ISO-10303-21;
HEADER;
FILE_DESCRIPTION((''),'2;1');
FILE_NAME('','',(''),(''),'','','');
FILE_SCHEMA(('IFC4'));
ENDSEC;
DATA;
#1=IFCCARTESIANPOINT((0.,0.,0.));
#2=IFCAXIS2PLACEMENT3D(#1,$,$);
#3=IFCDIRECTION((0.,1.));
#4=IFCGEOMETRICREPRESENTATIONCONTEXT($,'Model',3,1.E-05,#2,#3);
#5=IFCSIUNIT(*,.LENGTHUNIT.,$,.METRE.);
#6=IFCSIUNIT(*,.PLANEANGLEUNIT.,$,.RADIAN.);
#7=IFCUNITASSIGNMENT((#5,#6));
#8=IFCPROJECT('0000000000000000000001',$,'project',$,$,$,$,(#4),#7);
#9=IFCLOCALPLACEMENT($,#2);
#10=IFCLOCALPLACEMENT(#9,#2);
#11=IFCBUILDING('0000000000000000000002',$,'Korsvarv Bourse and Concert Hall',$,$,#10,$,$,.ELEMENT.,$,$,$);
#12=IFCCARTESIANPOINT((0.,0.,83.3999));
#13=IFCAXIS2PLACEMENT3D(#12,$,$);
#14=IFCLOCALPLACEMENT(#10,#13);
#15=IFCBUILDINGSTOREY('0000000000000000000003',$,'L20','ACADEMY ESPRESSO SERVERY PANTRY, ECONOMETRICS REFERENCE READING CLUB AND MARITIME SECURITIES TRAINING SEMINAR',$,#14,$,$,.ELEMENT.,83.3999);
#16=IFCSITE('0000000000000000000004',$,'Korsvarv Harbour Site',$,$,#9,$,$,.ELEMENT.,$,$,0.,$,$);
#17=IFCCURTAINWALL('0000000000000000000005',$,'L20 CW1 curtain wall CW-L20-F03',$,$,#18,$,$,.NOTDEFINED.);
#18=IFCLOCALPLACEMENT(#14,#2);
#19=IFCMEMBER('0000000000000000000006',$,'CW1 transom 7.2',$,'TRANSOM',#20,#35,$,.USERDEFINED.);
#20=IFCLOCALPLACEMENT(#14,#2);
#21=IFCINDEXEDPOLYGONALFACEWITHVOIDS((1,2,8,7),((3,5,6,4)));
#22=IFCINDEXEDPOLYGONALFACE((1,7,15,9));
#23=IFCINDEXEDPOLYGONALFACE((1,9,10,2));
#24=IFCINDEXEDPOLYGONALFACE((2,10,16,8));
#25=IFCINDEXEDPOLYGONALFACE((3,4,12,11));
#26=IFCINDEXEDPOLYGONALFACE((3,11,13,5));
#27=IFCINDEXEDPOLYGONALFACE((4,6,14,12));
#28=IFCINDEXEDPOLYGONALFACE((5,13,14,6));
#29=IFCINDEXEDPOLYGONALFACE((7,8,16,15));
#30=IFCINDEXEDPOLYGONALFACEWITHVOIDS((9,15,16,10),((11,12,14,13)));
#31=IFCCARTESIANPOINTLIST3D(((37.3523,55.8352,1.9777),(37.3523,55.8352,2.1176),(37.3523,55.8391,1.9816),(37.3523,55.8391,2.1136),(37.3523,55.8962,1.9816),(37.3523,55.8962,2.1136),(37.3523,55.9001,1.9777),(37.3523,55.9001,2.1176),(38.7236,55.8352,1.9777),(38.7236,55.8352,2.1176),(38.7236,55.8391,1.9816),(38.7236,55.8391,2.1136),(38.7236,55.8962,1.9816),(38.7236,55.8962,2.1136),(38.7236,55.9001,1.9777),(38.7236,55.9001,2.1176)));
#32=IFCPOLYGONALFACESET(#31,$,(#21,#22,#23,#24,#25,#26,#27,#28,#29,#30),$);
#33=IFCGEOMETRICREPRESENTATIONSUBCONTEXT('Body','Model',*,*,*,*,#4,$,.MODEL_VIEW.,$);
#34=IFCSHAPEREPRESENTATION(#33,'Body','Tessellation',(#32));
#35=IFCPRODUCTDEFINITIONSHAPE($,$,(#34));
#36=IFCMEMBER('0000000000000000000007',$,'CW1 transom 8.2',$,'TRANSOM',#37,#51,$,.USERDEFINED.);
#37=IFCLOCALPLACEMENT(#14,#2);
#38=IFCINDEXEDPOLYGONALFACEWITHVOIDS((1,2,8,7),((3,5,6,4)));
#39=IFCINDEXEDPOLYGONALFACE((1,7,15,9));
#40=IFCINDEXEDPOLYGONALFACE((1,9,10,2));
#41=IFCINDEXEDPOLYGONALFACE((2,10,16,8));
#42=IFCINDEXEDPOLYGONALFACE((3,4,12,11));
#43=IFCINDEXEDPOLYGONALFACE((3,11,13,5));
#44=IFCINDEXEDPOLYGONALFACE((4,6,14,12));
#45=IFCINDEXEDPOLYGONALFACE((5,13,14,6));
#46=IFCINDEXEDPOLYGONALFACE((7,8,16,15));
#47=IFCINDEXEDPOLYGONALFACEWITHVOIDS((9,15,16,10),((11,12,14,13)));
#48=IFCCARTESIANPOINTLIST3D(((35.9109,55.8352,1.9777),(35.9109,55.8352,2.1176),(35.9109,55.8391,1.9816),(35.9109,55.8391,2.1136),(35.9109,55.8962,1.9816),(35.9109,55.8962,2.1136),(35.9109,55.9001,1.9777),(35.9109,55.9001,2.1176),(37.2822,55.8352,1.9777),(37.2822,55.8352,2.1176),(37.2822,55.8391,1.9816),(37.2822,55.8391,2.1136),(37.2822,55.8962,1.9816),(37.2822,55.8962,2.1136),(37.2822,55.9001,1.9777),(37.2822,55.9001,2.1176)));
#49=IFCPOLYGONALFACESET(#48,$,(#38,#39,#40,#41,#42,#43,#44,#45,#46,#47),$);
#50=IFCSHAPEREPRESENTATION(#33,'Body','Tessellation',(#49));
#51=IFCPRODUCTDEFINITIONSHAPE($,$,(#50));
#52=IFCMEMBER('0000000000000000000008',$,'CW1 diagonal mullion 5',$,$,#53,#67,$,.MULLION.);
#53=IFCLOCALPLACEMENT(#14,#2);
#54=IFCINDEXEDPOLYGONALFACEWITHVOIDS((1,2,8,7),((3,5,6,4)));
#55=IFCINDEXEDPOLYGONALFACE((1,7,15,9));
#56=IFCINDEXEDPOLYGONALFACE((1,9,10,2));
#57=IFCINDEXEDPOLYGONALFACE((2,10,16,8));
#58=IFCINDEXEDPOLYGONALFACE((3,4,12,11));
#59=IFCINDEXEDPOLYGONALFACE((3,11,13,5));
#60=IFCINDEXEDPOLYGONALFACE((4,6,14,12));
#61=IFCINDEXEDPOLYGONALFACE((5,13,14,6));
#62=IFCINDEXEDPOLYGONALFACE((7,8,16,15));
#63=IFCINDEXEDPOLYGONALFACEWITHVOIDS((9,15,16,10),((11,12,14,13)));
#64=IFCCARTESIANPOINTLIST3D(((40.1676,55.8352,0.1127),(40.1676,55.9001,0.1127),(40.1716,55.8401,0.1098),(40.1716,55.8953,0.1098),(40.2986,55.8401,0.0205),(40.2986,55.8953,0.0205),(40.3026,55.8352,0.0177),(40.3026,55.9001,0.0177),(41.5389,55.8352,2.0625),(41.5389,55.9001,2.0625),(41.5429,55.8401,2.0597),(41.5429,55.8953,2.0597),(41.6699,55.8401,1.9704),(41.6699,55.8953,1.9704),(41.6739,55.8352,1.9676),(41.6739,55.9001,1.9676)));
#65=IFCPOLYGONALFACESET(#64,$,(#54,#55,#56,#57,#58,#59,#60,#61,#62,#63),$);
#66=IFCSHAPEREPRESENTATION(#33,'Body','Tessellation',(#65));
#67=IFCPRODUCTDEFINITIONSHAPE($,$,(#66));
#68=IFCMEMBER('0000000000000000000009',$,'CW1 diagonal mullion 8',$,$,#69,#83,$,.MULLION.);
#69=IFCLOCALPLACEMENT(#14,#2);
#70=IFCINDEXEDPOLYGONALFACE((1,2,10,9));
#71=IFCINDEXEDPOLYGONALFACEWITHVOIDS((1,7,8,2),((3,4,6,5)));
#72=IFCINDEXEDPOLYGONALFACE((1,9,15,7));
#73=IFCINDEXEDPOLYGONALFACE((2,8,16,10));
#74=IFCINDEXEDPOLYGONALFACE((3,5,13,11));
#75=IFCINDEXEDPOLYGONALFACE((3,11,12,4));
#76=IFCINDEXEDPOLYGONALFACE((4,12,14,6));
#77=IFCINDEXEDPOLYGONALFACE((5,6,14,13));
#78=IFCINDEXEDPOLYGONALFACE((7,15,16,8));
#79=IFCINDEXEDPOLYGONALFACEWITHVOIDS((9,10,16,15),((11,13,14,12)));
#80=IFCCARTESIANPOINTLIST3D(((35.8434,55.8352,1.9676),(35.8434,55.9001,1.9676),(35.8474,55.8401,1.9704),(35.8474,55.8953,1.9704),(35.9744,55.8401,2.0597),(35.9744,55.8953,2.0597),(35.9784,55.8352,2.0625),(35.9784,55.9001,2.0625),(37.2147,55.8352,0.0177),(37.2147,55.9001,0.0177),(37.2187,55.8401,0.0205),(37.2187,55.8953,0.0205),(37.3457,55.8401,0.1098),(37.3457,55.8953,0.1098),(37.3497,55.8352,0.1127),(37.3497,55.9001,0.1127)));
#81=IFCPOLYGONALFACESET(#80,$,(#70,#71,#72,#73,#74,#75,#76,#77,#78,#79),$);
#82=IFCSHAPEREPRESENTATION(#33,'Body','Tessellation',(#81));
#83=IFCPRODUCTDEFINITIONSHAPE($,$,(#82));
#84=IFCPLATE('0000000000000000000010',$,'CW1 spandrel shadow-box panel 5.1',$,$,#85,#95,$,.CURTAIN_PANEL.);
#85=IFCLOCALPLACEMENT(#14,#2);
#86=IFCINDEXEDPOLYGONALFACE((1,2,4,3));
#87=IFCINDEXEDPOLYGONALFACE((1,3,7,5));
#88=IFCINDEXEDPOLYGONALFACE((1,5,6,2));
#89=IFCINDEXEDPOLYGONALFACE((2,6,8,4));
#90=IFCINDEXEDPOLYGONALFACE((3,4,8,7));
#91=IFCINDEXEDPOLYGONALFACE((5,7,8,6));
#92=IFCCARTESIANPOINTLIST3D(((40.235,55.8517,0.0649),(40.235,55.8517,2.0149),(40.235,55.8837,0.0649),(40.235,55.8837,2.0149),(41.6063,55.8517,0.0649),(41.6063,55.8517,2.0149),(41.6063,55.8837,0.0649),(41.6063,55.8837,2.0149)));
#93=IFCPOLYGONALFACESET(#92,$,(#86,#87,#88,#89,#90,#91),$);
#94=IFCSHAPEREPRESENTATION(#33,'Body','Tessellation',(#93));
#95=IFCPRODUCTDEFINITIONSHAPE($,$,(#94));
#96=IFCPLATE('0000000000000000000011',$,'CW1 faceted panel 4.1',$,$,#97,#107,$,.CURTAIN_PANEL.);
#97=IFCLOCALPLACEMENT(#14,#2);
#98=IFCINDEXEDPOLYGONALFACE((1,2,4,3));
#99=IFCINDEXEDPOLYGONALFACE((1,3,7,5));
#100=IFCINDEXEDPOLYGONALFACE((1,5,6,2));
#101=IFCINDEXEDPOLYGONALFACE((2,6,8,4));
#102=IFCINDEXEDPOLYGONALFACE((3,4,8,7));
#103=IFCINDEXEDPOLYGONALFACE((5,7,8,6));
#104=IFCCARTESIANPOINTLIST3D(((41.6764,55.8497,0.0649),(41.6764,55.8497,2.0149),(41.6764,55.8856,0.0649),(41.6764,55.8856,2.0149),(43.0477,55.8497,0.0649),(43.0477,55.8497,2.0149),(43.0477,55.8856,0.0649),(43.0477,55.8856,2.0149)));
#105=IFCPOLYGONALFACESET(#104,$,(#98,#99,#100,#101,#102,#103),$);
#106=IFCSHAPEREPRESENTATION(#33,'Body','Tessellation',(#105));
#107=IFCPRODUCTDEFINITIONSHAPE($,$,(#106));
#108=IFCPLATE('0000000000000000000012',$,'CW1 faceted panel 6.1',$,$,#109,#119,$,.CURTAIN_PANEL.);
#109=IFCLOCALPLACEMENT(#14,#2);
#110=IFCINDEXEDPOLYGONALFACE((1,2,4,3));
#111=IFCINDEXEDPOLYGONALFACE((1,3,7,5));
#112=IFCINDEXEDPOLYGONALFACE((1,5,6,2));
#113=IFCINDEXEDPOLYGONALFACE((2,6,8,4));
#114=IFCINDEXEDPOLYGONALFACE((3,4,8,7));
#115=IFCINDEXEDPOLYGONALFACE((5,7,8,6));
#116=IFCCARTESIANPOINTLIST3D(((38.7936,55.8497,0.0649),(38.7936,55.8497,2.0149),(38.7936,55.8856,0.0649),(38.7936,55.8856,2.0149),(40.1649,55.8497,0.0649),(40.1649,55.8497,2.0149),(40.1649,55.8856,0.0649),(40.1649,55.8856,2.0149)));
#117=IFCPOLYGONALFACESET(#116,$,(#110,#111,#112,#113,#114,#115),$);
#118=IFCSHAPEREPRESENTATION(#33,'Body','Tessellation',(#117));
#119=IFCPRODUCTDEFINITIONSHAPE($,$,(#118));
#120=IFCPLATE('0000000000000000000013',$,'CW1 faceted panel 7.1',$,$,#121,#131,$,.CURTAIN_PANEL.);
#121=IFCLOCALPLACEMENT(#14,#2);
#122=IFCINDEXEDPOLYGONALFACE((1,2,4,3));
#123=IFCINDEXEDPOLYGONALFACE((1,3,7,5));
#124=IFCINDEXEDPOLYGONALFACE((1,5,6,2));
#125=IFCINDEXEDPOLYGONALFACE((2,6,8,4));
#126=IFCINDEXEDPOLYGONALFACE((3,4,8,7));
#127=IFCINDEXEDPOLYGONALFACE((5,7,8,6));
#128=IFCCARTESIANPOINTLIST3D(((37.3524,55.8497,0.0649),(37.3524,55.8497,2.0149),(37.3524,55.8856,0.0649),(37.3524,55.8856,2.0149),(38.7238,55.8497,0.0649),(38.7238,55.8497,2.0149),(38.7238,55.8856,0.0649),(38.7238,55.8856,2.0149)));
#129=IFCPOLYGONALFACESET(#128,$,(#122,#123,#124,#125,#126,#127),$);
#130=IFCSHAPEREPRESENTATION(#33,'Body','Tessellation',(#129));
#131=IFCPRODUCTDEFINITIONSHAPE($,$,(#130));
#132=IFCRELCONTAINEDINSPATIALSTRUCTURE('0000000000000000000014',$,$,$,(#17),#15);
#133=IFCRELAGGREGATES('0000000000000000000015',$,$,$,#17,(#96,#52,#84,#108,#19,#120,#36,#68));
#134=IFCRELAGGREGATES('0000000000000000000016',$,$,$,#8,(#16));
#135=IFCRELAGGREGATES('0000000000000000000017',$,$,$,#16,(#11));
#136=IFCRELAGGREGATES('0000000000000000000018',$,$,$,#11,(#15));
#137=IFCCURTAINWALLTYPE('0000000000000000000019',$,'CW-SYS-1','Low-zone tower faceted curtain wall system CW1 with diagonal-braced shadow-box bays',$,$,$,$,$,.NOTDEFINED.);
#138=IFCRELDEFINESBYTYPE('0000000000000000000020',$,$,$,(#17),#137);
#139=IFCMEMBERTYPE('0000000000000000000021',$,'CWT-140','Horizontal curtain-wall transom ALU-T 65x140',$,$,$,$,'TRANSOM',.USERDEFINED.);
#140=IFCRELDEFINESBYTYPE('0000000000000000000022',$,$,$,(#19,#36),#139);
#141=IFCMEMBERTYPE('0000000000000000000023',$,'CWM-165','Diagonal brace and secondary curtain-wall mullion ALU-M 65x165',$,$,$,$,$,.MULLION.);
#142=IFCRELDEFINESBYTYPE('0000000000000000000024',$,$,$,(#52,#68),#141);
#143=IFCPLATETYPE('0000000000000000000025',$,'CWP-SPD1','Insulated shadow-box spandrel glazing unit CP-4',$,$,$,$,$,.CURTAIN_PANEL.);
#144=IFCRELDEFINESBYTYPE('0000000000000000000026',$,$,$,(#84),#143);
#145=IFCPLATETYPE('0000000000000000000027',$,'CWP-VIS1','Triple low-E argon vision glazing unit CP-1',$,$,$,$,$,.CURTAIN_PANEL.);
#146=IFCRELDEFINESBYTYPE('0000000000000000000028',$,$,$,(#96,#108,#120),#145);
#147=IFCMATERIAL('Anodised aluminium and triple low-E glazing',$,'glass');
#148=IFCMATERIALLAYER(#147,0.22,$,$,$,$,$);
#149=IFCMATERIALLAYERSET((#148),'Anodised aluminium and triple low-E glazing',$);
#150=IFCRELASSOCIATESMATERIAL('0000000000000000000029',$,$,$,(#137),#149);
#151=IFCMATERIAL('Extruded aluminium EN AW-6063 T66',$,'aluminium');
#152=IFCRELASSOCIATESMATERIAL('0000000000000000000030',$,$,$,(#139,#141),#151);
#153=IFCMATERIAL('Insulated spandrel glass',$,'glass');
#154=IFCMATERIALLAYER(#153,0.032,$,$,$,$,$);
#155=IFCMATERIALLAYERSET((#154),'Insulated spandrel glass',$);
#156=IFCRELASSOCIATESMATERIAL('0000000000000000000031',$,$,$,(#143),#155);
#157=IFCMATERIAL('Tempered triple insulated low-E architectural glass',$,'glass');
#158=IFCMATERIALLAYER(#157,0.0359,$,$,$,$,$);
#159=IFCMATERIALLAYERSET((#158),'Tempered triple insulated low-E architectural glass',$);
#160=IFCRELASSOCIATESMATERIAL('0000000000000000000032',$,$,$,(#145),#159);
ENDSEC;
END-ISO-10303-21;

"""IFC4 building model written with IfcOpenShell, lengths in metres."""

from ifc_helpers import new_model, si_unit, direction, frame, origin, origin_2d, place, context, subcontext, project, spatial, rectangle, hollow_rectangle, extrude, source, transform, mapped, material, layer, layer_set, material_profile, profile_set, type_object, element, aggregate, save


model = new_model("IFC4")

# Units and contexts
model_context = context("Model", 3, precision=1e-05, world=origin(), true_north=direction((0.0, 1.0)))
body_context = subcontext(model_context, "Body", "Model", "MODEL_VIEW")
ifc_project = project(units=[si_unit("LENGTHUNIT", "METRE"), si_unit("PLANEANGLEUNIT", "RADIAN")], contexts=[model_context])

# Site, building, storey
site_placement = place(None, origin())
site = spatial("IfcSite", under=ifc_project, at=site_placement, Name="Korsvarv Harbour Site", CompositionType="ELEMENT", RefElevation=0.0)
building_placement = place(site_placement, origin())
building = spatial("IfcBuilding", under=site, at=building_placement, Name="Korsvarv Bourse and Concert Hall", CompositionType="ELEMENT")
storey_placement = place(building_placement, frame((0.0, 0.0, 83.3999)))
storey = spatial("IfcBuildingStorey", under=building, at=storey_placement, Name="L20", Description="ACADEMY ESPRESSO SERVERY PANTRY, ECONOMETRICS REFERENCE READING CLUB AND MARITIME SECURITIES TRAINING SEMINAR", CompositionType="ELEMENT", Elevation=83.3999)

# Curtain wall, members, plates
ifc_material_1 = material(Name="Anodised aluminium and triple low-E glazing", Category="glass")
ifc_layer_1 = layer(ifc_material_1, 0.22)
ifc_layer_set_1 = layer_set([ifc_layer_1], Name="Anodised aluminium and triple low-E glazing")
curtain_wall_type = type_object("IfcCurtainWallType", Name="CW-SYS-1", Description="Low-zone tower faceted curtain wall system CW1 with diagonal-braced shadow-box bays", PredefinedType="NOTDEFINED", material=ifc_layer_set_1)
curtain_wall_placement = place(storey_placement, origin())
curtain_wall = element("IfcCurtainWall", 1, at=curtain_wall_placement, inside=storey, type_object=curtain_wall_type, Name="L20 CW1 curtain wall CW-L20-F03", PredefinedType="NOTDEFINED")
ifc_material_2 = material(Name="Extruded aluminium EN AW-6063 T66", Category="aluminium")
ifc_material_profile_1 = material_profile(ifc_material_2, hollow_rectangle(XDim=0.0649, YDim=0.1399, WallThickness=0.0039, at=origin_2d()), Name="ALU-T 65x140")
ifc_profile_set_1 = profile_set([ifc_material_profile_1], Name="Extruded aluminium EN AW-6063 T66")
member_type_1 = type_object("IfcMemberType", Name="CWT-140", Description="Horizontal curtain-wall transom ALU-T 65x140", ElementType="TRANSOM", PredefinedType="USERDEFINED", material=ifc_profile_set_1)
shared_shape_1 = source(origin(), body_context, "Body", "SweptSolid", [
    extrude(hollow_rectangle(XDim=0.0649, YDim=0.1399, WallThickness=0.0039, at=origin_2d()), origin(), (0.0, 0.0, 1.0), 1.3713),
])
member_1_placement = place(storey_placement, frame((38.7236, 55.8677, 2.0476), z_axis=(-1.0, 0.0, 0.0), x_axis=(0.0, -1.0, 0.0)))
member_1 = element("IfcMember", 2, at=member_1_placement, type_object=member_type_1, Name="CW1 transom 7.2", ObjectType="TRANSOM", PredefinedType="USERDEFINED", context=body_context, shape_type="MappedRepresentation", body=[
    mapped(shared_shape_1, transform((0.0, 0.0, 0.0), scale=1.0)),
])
member_2_placement = place(storey_placement, frame((37.2822, 55.8677, 2.0476), z_axis=(-1.0, 0.0, 0.0), x_axis=(0.0, -1.0, 0.0)))
member_2 = element("IfcMember", 3, at=member_2_placement, type_object=member_type_1, Name="CW1 transom 8.2", ObjectType="TRANSOM", PredefinedType="USERDEFINED", context=body_context, shape_type="MappedRepresentation", body=[
    mapped(shared_shape_1, transform((0.0, 0.0, 0.0), scale=1.0)),
])
ifc_material_profile_2 = material_profile(ifc_material_2, hollow_rectangle(XDim=0.0649, YDim=0.165, WallThickness=0.0049, at=origin_2d()), Name="ALU-M 65x165")
ifc_profile_set_2 = profile_set([ifc_material_profile_2], Name="Extruded aluminium EN AW-6063 T66")
member_type_2 = type_object("IfcMemberType", Name="CWM-165", Description="Diagonal brace and secondary curtain-wall mullion ALU-M 65x165", PredefinedType="MULLION", material=ifc_profile_set_2)
shared_shape_2 = source(origin(), body_context, "Body", "SweptSolid", [
    extrude(hollow_rectangle(XDim=0.0649, YDim=0.165, WallThickness=0.0049, at=origin_2d()), origin(), (0.0, 0.0, 1.0), 2.3838),
])
member_3_placement = place(storey_placement, frame((40.2351, 55.8677, 0.0652), z_axis=(0.575255, 0.0, 0.817974), x_axis=(0.0, 1.0, 0.0)))
member_3 = element("IfcMember", 4, at=member_3_placement, type_object=member_type_2, Name="CW1 diagonal mullion 5", PredefinedType="MULLION", context=body_context, shape_type="MappedRepresentation", body=[
    mapped(shared_shape_2, transform((0.0, 0.0, 0.0), scale=1.0)),
])
member_4_placement = place(storey_placement, frame((37.2822, 55.8677, 0.0652), z_axis=(-0.575255, 0.0, 0.817974), x_axis=(0.0, -1.0, 0.0)))
member_4 = element("IfcMember", 5, at=member_4_placement, type_object=member_type_2, Name="CW1 diagonal mullion 8", PredefinedType="MULLION", context=body_context, shape_type="MappedRepresentation", body=[
    mapped(shared_shape_2, transform((0.0, 0.0, 0.0), scale=1.0)),
])
ifc_material_3 = material(Name="Insulated spandrel glass", Category="glass")
ifc_layer_2 = layer(ifc_material_3, 0.032)
ifc_layer_set_2 = layer_set([ifc_layer_2], Name="Insulated spandrel glass")
plate_type_1 = type_object("IfcPlateType", Name="CWP-SPD1", Description="Insulated shadow-box spandrel glazing unit CP-4", PredefinedType="CURTAIN_PANEL", material=ifc_layer_set_2)
shared_shape_3 = source(origin(), body_context, "Body", "SweptSolid", [
    extrude(rectangle(XDim=1.3713, YDim=0.032, at=origin_2d()), origin(), (0.0, 0.0, 1.0), 1.95),
])
plate_1_placement = place(storey_placement, frame((40.9207, 55.8677, 0.0649), z_axis=(0.0, 0.0, 1.0), x_axis=(-1.0, 0.0, 0.0)))
plate_1 = element("IfcPlate", 6, at=plate_1_placement, type_object=plate_type_1, Name="CW1 spandrel shadow-box panel 5.1", PredefinedType="CURTAIN_PANEL", context=body_context, shape_type="MappedRepresentation", body=[
    mapped(shared_shape_3, transform((0.0, 0.0, 0.0), scale=1.0)),
])
ifc_material_4 = material(Name="Tempered triple insulated low-E architectural glass", Category="glass")
ifc_layer_3 = layer(ifc_material_4, 0.0359)
ifc_layer_set_3 = layer_set([ifc_layer_3], Name="Tempered triple insulated low-E architectural glass")
plate_type_2 = type_object("IfcPlateType", Name="CWP-VIS1", Description="Triple low-E argon vision glazing unit CP-1", PredefinedType="CURTAIN_PANEL", material=ifc_layer_set_3)
shared_shape_4 = source(origin(), body_context, "Body", "SweptSolid", [
    extrude(rectangle(XDim=1.3713, YDim=0.0359, at=origin_2d()), origin(), (0.0, 0.0, 1.0), 1.95),
])
plate_2_placement = place(storey_placement, frame((42.3621, 55.8677, 0.0649), z_axis=(0.0, 0.0, 1.0), x_axis=(-1.0, 0.0, 0.0)))
plate_2 = element("IfcPlate", 7, at=plate_2_placement, type_object=plate_type_2, Name="CW1 faceted panel 4.1", PredefinedType="CURTAIN_PANEL", context=body_context, shape_type="MappedRepresentation", body=[
    mapped(shared_shape_4, transform((0.0, 0.0, 0.0), scale=1.0)),
])
plate_3_placement = place(storey_placement, frame((39.4792, 55.8677, 0.0649), z_axis=(0.0, 0.0, 1.0), x_axis=(-1.0, 0.0, 0.0)))
plate_3 = element("IfcPlate", 8, at=plate_3_placement, type_object=plate_type_2, Name="CW1 faceted panel 6.1", PredefinedType="CURTAIN_PANEL", context=body_context, shape_type="MappedRepresentation", body=[
    mapped(shared_shape_4, transform((0.0, 0.0, 0.0), scale=1.0)),
])
plate_4_placement = place(storey_placement, frame((38.0381, 55.8677, 0.0649), z_axis=(0.0, 0.0, 1.0), x_axis=(-1.0, 0.0, 0.0)))
plate_4 = element("IfcPlate", 9, at=plate_4_placement, type_object=plate_type_2, Name="CW1 faceted panel 7.1", PredefinedType="CURTAIN_PANEL", context=body_context, shape_type="MappedRepresentation", body=[
    mapped(shared_shape_4, transform((0.0, 0.0, 0.0), scale=1.0)),
])
aggregate(curtain_wall, [plate_2, member_3, plate_1, plate_3, member_1, plate_4, member_2, member_4])

save(model, "model.ifc")
